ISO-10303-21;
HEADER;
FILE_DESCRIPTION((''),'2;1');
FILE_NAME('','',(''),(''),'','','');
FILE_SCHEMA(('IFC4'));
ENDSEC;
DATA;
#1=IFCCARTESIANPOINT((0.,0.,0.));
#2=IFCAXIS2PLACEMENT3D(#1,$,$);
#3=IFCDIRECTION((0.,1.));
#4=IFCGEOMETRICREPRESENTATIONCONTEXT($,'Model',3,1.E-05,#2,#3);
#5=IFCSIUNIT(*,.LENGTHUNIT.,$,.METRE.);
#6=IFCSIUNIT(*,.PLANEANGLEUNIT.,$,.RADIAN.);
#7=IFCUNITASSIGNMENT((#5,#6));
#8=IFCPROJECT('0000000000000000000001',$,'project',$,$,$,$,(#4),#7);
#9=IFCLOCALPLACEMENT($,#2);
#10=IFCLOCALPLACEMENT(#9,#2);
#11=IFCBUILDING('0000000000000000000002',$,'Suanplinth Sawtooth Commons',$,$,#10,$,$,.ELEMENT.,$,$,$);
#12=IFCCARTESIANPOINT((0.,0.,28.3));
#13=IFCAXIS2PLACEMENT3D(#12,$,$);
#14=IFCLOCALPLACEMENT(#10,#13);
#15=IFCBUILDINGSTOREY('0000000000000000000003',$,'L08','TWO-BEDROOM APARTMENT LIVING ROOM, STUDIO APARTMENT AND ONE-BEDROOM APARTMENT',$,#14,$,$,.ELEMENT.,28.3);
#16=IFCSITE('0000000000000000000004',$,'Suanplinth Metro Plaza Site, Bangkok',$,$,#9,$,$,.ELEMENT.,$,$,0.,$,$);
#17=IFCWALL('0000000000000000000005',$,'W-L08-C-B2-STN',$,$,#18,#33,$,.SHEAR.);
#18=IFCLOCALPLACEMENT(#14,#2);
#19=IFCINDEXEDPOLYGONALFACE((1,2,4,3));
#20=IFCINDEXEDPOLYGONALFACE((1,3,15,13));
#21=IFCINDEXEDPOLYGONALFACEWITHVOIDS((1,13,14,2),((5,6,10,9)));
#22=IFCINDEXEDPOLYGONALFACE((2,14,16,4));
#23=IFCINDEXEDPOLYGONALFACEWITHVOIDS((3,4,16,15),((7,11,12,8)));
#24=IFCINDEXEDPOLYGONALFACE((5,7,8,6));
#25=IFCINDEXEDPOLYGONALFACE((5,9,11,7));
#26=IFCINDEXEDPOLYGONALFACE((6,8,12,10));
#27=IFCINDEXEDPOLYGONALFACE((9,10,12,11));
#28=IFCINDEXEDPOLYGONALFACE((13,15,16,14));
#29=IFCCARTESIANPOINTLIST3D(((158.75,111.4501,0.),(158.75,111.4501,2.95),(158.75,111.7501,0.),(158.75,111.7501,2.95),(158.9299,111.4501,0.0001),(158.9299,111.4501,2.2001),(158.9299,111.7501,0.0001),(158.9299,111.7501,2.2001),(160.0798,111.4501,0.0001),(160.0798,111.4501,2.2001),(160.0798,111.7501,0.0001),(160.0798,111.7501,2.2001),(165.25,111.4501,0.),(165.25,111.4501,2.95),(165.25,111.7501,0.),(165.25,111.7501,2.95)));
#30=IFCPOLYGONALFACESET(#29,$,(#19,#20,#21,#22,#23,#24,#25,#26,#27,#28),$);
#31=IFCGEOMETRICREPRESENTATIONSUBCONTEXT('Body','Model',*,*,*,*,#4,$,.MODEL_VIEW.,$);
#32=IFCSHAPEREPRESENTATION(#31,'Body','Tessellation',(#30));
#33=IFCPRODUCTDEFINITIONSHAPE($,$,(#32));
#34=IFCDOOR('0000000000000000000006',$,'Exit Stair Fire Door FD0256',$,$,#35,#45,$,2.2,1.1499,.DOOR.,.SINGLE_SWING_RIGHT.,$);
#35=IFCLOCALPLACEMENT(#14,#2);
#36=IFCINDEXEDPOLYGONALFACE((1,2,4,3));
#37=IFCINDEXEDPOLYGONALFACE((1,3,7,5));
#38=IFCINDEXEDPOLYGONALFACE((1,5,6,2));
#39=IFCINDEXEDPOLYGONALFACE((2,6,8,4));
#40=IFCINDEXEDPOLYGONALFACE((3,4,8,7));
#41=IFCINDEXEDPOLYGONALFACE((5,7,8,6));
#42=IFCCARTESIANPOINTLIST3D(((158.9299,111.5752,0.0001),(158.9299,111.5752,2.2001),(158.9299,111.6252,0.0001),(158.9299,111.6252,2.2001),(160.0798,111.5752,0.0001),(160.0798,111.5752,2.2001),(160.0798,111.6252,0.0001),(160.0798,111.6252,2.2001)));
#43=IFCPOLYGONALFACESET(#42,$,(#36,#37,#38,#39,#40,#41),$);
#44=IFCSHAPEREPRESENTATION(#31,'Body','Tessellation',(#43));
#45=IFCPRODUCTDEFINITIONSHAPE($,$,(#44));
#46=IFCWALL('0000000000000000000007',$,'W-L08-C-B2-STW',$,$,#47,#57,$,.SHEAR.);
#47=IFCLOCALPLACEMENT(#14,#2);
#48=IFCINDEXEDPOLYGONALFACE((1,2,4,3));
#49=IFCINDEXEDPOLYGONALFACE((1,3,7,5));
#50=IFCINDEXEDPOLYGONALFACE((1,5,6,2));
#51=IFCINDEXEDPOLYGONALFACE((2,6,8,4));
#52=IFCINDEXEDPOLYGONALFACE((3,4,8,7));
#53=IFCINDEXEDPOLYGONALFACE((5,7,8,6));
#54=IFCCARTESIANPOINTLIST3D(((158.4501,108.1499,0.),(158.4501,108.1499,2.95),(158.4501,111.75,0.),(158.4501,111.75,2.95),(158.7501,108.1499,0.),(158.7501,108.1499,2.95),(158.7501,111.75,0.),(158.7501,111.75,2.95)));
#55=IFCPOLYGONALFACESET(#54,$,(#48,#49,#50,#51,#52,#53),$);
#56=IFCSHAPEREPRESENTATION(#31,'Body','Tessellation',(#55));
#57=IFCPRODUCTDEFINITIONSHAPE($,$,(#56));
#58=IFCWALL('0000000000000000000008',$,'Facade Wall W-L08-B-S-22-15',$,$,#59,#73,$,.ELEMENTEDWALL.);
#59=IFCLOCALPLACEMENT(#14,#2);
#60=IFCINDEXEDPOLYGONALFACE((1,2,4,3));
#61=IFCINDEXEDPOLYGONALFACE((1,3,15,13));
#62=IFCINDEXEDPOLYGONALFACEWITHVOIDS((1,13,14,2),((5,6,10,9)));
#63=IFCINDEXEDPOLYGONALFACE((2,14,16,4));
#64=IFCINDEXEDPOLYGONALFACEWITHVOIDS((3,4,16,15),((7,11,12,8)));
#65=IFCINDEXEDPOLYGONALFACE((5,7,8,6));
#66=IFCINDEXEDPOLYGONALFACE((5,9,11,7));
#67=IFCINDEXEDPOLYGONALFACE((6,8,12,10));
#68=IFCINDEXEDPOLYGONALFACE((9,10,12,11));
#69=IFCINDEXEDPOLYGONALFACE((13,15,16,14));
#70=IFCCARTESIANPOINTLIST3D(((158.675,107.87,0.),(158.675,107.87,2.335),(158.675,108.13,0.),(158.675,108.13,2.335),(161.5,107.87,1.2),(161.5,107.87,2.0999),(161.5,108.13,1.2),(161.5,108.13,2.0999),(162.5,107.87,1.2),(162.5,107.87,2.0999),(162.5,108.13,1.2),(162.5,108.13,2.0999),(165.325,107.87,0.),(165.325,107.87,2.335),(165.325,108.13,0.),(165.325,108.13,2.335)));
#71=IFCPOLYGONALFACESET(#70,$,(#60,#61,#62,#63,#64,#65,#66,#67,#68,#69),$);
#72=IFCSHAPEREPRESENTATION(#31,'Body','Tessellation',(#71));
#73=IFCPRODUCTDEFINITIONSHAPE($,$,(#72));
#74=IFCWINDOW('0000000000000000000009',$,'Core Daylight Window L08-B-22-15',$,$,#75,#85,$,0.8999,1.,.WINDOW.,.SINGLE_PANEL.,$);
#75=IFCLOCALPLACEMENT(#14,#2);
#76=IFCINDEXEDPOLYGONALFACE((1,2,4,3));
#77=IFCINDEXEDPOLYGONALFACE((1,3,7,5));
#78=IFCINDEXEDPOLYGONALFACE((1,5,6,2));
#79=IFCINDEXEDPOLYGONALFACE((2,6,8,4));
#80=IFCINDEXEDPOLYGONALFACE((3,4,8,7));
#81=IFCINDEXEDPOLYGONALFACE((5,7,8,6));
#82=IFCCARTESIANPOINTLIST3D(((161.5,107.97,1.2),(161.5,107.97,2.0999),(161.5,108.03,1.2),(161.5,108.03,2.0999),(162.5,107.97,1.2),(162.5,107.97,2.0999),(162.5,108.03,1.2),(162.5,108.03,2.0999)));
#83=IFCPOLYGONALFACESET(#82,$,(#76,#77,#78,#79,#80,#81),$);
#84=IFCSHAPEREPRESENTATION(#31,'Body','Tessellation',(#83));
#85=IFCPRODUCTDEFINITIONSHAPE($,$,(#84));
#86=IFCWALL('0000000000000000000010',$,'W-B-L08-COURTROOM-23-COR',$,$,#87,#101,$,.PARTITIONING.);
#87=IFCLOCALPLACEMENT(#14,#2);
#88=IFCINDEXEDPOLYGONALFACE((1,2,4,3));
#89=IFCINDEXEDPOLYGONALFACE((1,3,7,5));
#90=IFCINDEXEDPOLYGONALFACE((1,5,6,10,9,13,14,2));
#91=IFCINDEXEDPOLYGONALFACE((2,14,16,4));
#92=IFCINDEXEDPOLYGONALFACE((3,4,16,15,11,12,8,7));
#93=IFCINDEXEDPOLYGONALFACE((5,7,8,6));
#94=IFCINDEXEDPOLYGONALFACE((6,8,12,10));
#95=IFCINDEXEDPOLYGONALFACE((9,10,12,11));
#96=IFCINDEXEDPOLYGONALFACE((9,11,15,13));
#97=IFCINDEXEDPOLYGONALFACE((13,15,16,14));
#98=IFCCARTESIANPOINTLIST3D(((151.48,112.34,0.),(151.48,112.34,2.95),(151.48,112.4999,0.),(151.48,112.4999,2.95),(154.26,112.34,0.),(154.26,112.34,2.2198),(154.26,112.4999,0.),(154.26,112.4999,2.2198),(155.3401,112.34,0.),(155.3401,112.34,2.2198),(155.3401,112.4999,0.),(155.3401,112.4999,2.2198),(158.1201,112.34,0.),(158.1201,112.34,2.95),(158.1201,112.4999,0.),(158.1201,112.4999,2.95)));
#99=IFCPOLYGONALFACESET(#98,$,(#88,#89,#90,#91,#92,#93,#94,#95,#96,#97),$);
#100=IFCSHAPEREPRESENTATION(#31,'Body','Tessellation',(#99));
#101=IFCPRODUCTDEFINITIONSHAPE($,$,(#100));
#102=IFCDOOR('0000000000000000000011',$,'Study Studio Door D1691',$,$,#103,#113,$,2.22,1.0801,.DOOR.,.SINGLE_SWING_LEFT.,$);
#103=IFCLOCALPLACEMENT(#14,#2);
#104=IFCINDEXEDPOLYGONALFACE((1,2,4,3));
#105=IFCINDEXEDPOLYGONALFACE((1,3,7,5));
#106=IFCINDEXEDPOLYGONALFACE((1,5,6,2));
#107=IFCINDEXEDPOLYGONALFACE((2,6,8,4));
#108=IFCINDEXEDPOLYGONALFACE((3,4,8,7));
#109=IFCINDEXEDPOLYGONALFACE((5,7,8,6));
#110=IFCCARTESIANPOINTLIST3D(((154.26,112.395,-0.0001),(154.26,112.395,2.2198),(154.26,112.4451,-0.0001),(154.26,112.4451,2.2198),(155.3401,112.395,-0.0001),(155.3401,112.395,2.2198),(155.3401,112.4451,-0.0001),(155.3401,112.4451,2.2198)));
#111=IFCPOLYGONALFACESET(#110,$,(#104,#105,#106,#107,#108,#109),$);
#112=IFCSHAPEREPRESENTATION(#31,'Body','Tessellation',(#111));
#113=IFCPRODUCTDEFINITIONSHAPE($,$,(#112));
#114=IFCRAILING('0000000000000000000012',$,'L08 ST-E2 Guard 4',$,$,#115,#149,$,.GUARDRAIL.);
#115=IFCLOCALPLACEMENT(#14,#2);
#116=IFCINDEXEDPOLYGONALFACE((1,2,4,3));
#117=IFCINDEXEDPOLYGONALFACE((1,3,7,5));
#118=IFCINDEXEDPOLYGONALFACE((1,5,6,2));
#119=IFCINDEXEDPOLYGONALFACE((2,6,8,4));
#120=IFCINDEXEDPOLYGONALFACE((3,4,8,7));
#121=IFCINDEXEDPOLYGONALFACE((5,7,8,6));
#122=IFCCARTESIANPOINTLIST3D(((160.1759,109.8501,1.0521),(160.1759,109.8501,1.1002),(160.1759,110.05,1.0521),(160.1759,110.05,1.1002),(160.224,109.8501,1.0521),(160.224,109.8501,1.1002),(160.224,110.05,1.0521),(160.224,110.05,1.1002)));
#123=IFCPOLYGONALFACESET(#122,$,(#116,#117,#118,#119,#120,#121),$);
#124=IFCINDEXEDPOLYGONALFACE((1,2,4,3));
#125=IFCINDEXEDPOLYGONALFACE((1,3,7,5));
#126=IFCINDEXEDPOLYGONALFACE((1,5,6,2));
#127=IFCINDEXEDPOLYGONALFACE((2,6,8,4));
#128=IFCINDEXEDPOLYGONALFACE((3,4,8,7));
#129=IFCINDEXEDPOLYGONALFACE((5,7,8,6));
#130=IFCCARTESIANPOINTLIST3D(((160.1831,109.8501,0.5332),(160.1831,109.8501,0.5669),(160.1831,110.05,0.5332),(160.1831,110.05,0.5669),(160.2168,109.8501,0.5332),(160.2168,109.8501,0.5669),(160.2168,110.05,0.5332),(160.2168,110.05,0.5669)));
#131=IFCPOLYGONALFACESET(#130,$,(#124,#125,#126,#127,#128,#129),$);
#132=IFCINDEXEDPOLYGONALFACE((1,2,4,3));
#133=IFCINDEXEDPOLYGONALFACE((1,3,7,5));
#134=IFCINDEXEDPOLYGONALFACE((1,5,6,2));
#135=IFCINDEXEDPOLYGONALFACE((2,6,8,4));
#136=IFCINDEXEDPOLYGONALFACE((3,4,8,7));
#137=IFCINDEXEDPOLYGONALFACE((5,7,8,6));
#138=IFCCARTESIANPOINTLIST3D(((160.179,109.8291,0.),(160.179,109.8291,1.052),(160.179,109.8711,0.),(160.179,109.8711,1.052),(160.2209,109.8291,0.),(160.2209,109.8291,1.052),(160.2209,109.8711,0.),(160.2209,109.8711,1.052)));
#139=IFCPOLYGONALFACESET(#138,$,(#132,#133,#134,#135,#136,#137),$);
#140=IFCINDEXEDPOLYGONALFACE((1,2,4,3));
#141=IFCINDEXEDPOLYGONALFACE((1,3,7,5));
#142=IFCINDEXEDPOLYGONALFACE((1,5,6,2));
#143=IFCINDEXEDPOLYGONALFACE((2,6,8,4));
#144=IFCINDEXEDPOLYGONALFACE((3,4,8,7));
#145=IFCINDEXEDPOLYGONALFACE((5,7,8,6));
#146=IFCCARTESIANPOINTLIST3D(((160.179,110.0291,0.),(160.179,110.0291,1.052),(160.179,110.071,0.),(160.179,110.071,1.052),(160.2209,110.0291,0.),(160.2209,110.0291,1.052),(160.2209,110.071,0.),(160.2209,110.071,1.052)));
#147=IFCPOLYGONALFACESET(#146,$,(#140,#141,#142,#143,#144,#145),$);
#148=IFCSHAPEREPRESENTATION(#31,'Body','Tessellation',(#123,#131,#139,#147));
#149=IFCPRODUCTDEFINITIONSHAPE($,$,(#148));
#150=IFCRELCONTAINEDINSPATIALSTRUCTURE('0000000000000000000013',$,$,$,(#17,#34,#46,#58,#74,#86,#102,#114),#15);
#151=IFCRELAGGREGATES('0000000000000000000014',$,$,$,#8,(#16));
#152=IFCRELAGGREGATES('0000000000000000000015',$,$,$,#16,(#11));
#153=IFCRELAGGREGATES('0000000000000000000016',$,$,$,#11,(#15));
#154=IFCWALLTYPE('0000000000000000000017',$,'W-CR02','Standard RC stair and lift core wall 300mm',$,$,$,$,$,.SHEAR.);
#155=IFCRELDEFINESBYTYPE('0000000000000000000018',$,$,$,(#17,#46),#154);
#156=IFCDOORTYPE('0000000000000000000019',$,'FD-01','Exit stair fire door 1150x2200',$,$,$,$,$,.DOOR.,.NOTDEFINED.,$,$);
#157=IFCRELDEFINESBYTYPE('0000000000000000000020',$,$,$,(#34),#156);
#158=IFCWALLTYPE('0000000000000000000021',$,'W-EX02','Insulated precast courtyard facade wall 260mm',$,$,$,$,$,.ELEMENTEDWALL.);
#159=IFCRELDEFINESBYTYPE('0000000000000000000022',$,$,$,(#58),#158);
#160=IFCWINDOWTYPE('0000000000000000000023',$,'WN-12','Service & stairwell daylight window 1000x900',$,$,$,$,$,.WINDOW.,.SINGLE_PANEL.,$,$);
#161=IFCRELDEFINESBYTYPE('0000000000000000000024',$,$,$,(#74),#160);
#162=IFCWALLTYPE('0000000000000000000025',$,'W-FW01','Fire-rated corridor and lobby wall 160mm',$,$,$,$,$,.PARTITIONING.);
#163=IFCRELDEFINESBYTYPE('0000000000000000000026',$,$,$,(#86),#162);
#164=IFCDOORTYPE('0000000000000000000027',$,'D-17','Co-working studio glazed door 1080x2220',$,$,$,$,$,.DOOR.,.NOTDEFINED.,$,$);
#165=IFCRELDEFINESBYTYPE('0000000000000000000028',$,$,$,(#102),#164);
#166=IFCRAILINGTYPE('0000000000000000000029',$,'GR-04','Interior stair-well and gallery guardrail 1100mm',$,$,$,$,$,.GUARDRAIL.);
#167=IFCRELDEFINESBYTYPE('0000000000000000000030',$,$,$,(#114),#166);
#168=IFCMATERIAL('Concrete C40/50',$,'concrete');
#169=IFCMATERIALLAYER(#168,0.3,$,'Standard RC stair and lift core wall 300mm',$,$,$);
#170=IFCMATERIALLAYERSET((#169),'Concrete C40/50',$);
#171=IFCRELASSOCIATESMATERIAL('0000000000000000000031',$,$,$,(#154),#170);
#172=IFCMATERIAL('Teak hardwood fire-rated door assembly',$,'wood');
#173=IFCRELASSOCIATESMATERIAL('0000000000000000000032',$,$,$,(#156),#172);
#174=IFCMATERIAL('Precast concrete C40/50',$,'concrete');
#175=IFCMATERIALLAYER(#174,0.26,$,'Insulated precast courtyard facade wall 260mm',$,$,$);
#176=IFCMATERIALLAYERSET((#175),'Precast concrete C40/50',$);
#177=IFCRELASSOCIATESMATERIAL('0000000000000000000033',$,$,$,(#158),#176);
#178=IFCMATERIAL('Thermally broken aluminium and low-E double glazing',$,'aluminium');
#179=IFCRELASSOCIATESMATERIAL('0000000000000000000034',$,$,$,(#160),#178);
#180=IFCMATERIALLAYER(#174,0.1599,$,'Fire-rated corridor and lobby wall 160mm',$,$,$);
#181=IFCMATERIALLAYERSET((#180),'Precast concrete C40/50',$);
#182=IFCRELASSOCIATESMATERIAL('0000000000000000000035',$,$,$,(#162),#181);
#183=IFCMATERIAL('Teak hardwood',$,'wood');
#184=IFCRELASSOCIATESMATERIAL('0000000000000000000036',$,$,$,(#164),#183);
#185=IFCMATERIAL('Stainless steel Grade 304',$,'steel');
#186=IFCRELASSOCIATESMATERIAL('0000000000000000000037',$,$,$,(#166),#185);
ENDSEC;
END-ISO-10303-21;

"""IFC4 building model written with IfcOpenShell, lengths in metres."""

from ifc_helpers import new_model, si_unit, direction, frame, frame_2d, origin, origin_2d, place, context, subcontext, project, spatial, rectangle, extrude, material, layer, layer_set, type_object, element, fill, save


model = new_model("IFC4")

# Units and contexts
model_context = context("Model", 3, precision=1e-05, world=origin(), true_north=direction((0.0, 1.0)))
body_context = subcontext(model_context, "Body", "Model", "MODEL_VIEW")
ifc_project = project(units=[si_unit("LENGTHUNIT", "METRE"), si_unit("PLANEANGLEUNIT", "RADIAN")], contexts=[model_context])

# Site, building, storey
site_placement = place(None, origin())
site = spatial("IfcSite", under=ifc_project, at=site_placement, Name="Suanplinth Metro Plaza Site, Bangkok", CompositionType="ELEMENT", RefElevation=0.0)
building_placement = place(site_placement, origin())
building = spatial("IfcBuilding", under=site, at=building_placement, Name="Suanplinth Sawtooth Commons", CompositionType="ELEMENT")
storey_placement = place(building_placement, frame((0.0, 0.0, 28.3)))
storey = spatial("IfcBuildingStorey", under=building, at=storey_placement, Name="L08", Description="TWO-BEDROOM APARTMENT LIVING ROOM, STUDIO APARTMENT AND ONE-BEDROOM APARTMENT", CompositionType="ELEMENT", Elevation=28.3)

# Shared definitions
ifc_material_1 = material(Name="Precast concrete C40/50", Category="concrete")

# Shared definitions
ifc_material_2 = material(Name="Concrete C40/50", Category="concrete")
ifc_layer_1 = layer(ifc_material_2, 0.3, Name="Standard RC stair and lift core wall 300mm")
ifc_layer_set_1 = layer_set([ifc_layer_1], Name="Concrete C40/50")
wall_type_1 = type_object("IfcWallType", Name="W-CR02", Description="Standard RC stair and lift core wall 300mm", PredefinedType="SHEAR", material=ifc_layer_set_1)

# Wall, opening, door
wall_1_placement = place(storey_placement, frame((158.75, 111.6001, 0.0), z_axis=(0.0, 0.0, 1.0), x_axis=(1.0, 0.0, 0.0)))
wall_1 = element("IfcWall", 1, at=wall_1_placement, inside=storey, type_object=wall_type_1, Name="W-L08-C-B2-STN", PredefinedType="SHEAR", context=body_context, shape_type="SweptSolid", body=[
    extrude(rectangle(XDim=6.5, YDim=0.3, at=frame_2d((3.25, 0.0))), origin(), (0.0, 0.0, 1.0), 2.95),
])
opening_1_placement = place(wall_1_placement, frame((0.1799, 0.0, 0.0)))
opening_1 = element("IfcOpeningElement", 2, at=opening_1_placement, cuts=wall_1, PredefinedType="OPENING", context=body_context, shape_type="SweptSolid", body=[
    extrude(rectangle(XDim=1.1499, YDim=2.2, at=frame_2d((0.575, 1.1001))), frame((0.0, 0.165, 0.0), z_axis=(0.0, -1.0, 0.0), x_axis=(1.0, 0.0, 0.0)), (0.0, 0.0, 1.0), 0.3298),
])
ifc_material_3 = material(Name="Teak hardwood fire-rated door assembly", Category="wood")
door_type_1 = type_object("IfcDoorType", Name="FD-01", Description="Exit stair fire door 1150x2200", OperationType="NOTDEFINED", PredefinedType="DOOR", material=ifc_material_3)
door_1_placement = place(opening_1_placement, frame((1.1499, 0.0, 0.0), z_axis=(0.0, 0.0, 1.0), x_axis=(-1.0, 0.0, 0.0)))
door_1 = element("IfcDoor", 3, at=door_1_placement, inside=storey, type_object=door_type_1, Name="Exit Stair Fire Door FD0256", OperationType="SINGLE_SWING_RIGHT", OverallHeight=2.2, OverallWidth=1.1499, PredefinedType="DOOR", context=body_context, shape_type="SweptSolid", body=[
    extrude(rectangle(XDim=1.1499, YDim=2.2, at=frame_2d((0.575, 1.1001))), frame((0.0, 0.0249, 0.0), z_axis=(0.0, -1.0, 0.0), x_axis=(1.0, 0.0, 0.0)), (0.0, 0.0, 1.0), 0.05),
])
fill(opening_1, door_1)

# Wall
wall_2_placement = place(storey_placement, frame((158.6001, 108.1499, 0.0), z_axis=(0.0, 0.0, 1.0), x_axis=(0.0, 1.0, 0.0)))
element("IfcWall", 4, at=wall_2_placement, inside=storey, type_object=wall_type_1, Name="W-L08-C-B2-STW", PredefinedType="SHEAR", context=body_context, shape_type="SweptSolid", body=[
    extrude(rectangle(XDim=3.6001, YDim=0.3, at=frame_2d((1.8, 0.0))), origin(), (0.0, 0.0, 1.0), 2.95),
])

# Shared definitions
ifc_layer_2 = layer(ifc_material_1, 0.26, Name="Insulated precast courtyard facade wall 260mm")
ifc_layer_set_2 = layer_set([ifc_layer_2], Name="Precast concrete C40/50")
wall_type_2 = type_object("IfcWallType", Name="W-EX02", Description="Insulated precast courtyard facade wall 260mm", PredefinedType="ELEMENTEDWALL", material=ifc_layer_set_2)
ifc_material_4 = material(Name="Thermally broken aluminium and low-E double glazing", Category="aluminium")

# Wall, opening, window
wall_3_placement = place(storey_placement, frame((158.675, 108.0, 0.0), z_axis=(0.0, 0.0, 1.0), x_axis=(1.0, 0.0, 0.0)))
wall_3 = element("IfcWall", 5, at=wall_3_placement, inside=storey, type_object=wall_type_2, Name="Facade Wall W-L08-B-S-22-15", PredefinedType="ELEMENTEDWALL", context=body_context, shape_type="SweptSolid", body=[
    extrude(rectangle(XDim=6.6499, YDim=0.26, at=frame_2d((3.325, 0.0))), origin(), (0.0, 0.0, 1.0), 2.335),
])
opening_2_placement = place(wall_3_placement, frame((2.825, 0.0, 1.2)))
opening_2 = element("IfcOpeningElement", 6, at=opening_2_placement, cuts=wall_3, PredefinedType="OPENING", context=body_context, shape_type="SweptSolid", body=[
    extrude(rectangle(XDim=1.0, YDim=0.8999, at=frame_2d((0.5, 0.45))), frame((0.0, 0.145, 0.0), z_axis=(0.0, -1.0, 0.0), x_axis=(1.0, 0.0, 0.0)), (0.0, 0.0, 1.0), 0.2898),
])
window_type_1 = type_object("IfcWindowType", Name="WN-12", Description="Service & stairwell daylight window 1000x900", PartitioningType="SINGLE_PANEL", PredefinedType="WINDOW", material=ifc_material_4)
window_1_placement = place(opening_2_placement, origin())
window_1 = element("IfcWindow", 7, at=window_1_placement, inside=storey, type_object=window_type_1, Name="Core Daylight Window L08-B-22-15", OverallHeight=0.8999, OverallWidth=1.0, PartitioningType="SINGLE_PANEL", PredefinedType="WINDOW", context=body_context, shape_type="SweptSolid", body=[
    extrude(rectangle(XDim=1.0, YDim=0.8999, at=frame_2d((0.5, 0.45))), frame((0.0, 0.03, 0.0), z_axis=(0.0, -1.0, 0.0), x_axis=(1.0, 0.0, 0.0)), (0.0, 0.0, 1.0), 0.0601),
])
fill(opening_2, window_1)

# Wall, opening, door
ifc_layer_3 = layer(ifc_material_1, 0.1599, Name="Fire-rated corridor and lobby wall 160mm")
ifc_layer_set_3 = layer_set([ifc_layer_3], Name="Precast concrete C40/50")
wall_type_3 = type_object("IfcWallType", Name="W-FW01", Description="Fire-rated corridor and lobby wall 160mm", PredefinedType="PARTITIONING", material=ifc_layer_set_3)
wall_4_placement = place(storey_placement, frame((151.48, 112.4199, 0.0), z_axis=(0.0, 0.0, 1.0), x_axis=(1.0, 0.0, 0.0)))
wall_4 = element("IfcWall", 8, at=wall_4_placement, inside=storey, type_object=wall_type_3, Name="W-B-L08-COURTROOM-23-COR", PredefinedType="PARTITIONING", context=body_context, shape_type="SweptSolid", body=[
    extrude(rectangle(XDim=6.6401, YDim=0.1599, at=frame_2d((3.3201, 0.0))), origin(), (0.0, 0.0, 1.0), 2.95),
])
opening_3_placement = place(wall_4_placement, frame((2.78, 0.0, 0.0)))
opening_3 = element("IfcOpeningElement", 9, at=opening_3_placement, cuts=wall_4, PredefinedType="OPENING", context=body_context, shape_type="SweptSolid", body=[
    extrude(rectangle(XDim=1.0801, YDim=2.22, at=frame_2d((0.54, 1.1099))), frame((0.0, 0.0947, 0.0), z_axis=(0.0, -1.0, 0.0), x_axis=(1.0, 0.0, 0.0)), (0.0, 0.0, 1.0), 0.1897),
])
ifc_material_5 = material(Name="Teak hardwood", Category="wood")
door_type_2 = type_object("IfcDoorType", Name="D-17", Description="Co-working studio glazed door 1080x2220", OperationType="NOTDEFINED", PredefinedType="DOOR", material=ifc_material_5)
door_2_placement = place(opening_3_placement, frame((1.0801, 0.0, 0.0), z_axis=(0.0, 0.0, 1.0), x_axis=(-1.0, 0.0, 0.0)))
door_2 = element("IfcDoor", 10, at=door_2_placement, inside=storey, type_object=door_type_2, Name="Study Studio Door D1691", OperationType="SINGLE_SWING_LEFT", OverallHeight=2.22, OverallWidth=1.0801, PredefinedType="DOOR", context=body_context, shape_type="SweptSolid", body=[
    extrude(rectangle(XDim=1.0801, YDim=2.22, at=frame_2d((0.54, 1.1099))), frame((0.0, 0.0249, 0.0), z_axis=(0.0, -1.0, 0.0), x_axis=(1.0, 0.0, 0.0)), (0.0, 0.0, 1.0), 0.05),
])
fill(opening_3, door_2)

# Railing
ifc_material_6 = material(Name="Stainless steel Grade 304", Category="steel")
railing_type_1 = type_object("IfcRailingType", Name="GR-04", Description="Interior stair-well and gallery guardrail 1100mm", PredefinedType="GUARDRAIL", material=ifc_material_6)
railing_1_placement = place(storey_placement, frame((160.2, 109.8501, 0.0)))
element("IfcRailing", 11, at=railing_1_placement, inside=storey, type_object=railing_type_1, Name="L08 ST-E2 Guard 4", PredefinedType="GUARDRAIL", context=body_context, shape_type="SweptSolid", body=[
    extrude(rectangle(XDim=0.0481, YDim=0.0481, at=origin_2d()), frame((0.0, 0.0, 1.0762), z_axis=(0.0, 1.0, 0.0), x_axis=(-1.0, 0.0, 0.0)), (0.0, 0.0, 1.0), 0.2),
    extrude(rectangle(XDim=0.0337, YDim=0.0337, at=origin_2d()), frame((0.0, 0.0, 0.55), z_axis=(0.0, 1.0, 0.0), x_axis=(-1.0, 0.0, 0.0)), (0.0, 0.0, 1.0), 0.2),
    extrude(rectangle(XDim=0.042, YDim=0.042, at=origin_2d()), origin(), (0.0, 0.0, 1.0), 1.052),
    extrude(rectangle(XDim=0.042, YDim=0.042, at=origin_2d()), frame((0.0, 0.2, 0.0)), (0.0, 0.0, 1.0), 1.052),
])

save(model, "model.ifc")
